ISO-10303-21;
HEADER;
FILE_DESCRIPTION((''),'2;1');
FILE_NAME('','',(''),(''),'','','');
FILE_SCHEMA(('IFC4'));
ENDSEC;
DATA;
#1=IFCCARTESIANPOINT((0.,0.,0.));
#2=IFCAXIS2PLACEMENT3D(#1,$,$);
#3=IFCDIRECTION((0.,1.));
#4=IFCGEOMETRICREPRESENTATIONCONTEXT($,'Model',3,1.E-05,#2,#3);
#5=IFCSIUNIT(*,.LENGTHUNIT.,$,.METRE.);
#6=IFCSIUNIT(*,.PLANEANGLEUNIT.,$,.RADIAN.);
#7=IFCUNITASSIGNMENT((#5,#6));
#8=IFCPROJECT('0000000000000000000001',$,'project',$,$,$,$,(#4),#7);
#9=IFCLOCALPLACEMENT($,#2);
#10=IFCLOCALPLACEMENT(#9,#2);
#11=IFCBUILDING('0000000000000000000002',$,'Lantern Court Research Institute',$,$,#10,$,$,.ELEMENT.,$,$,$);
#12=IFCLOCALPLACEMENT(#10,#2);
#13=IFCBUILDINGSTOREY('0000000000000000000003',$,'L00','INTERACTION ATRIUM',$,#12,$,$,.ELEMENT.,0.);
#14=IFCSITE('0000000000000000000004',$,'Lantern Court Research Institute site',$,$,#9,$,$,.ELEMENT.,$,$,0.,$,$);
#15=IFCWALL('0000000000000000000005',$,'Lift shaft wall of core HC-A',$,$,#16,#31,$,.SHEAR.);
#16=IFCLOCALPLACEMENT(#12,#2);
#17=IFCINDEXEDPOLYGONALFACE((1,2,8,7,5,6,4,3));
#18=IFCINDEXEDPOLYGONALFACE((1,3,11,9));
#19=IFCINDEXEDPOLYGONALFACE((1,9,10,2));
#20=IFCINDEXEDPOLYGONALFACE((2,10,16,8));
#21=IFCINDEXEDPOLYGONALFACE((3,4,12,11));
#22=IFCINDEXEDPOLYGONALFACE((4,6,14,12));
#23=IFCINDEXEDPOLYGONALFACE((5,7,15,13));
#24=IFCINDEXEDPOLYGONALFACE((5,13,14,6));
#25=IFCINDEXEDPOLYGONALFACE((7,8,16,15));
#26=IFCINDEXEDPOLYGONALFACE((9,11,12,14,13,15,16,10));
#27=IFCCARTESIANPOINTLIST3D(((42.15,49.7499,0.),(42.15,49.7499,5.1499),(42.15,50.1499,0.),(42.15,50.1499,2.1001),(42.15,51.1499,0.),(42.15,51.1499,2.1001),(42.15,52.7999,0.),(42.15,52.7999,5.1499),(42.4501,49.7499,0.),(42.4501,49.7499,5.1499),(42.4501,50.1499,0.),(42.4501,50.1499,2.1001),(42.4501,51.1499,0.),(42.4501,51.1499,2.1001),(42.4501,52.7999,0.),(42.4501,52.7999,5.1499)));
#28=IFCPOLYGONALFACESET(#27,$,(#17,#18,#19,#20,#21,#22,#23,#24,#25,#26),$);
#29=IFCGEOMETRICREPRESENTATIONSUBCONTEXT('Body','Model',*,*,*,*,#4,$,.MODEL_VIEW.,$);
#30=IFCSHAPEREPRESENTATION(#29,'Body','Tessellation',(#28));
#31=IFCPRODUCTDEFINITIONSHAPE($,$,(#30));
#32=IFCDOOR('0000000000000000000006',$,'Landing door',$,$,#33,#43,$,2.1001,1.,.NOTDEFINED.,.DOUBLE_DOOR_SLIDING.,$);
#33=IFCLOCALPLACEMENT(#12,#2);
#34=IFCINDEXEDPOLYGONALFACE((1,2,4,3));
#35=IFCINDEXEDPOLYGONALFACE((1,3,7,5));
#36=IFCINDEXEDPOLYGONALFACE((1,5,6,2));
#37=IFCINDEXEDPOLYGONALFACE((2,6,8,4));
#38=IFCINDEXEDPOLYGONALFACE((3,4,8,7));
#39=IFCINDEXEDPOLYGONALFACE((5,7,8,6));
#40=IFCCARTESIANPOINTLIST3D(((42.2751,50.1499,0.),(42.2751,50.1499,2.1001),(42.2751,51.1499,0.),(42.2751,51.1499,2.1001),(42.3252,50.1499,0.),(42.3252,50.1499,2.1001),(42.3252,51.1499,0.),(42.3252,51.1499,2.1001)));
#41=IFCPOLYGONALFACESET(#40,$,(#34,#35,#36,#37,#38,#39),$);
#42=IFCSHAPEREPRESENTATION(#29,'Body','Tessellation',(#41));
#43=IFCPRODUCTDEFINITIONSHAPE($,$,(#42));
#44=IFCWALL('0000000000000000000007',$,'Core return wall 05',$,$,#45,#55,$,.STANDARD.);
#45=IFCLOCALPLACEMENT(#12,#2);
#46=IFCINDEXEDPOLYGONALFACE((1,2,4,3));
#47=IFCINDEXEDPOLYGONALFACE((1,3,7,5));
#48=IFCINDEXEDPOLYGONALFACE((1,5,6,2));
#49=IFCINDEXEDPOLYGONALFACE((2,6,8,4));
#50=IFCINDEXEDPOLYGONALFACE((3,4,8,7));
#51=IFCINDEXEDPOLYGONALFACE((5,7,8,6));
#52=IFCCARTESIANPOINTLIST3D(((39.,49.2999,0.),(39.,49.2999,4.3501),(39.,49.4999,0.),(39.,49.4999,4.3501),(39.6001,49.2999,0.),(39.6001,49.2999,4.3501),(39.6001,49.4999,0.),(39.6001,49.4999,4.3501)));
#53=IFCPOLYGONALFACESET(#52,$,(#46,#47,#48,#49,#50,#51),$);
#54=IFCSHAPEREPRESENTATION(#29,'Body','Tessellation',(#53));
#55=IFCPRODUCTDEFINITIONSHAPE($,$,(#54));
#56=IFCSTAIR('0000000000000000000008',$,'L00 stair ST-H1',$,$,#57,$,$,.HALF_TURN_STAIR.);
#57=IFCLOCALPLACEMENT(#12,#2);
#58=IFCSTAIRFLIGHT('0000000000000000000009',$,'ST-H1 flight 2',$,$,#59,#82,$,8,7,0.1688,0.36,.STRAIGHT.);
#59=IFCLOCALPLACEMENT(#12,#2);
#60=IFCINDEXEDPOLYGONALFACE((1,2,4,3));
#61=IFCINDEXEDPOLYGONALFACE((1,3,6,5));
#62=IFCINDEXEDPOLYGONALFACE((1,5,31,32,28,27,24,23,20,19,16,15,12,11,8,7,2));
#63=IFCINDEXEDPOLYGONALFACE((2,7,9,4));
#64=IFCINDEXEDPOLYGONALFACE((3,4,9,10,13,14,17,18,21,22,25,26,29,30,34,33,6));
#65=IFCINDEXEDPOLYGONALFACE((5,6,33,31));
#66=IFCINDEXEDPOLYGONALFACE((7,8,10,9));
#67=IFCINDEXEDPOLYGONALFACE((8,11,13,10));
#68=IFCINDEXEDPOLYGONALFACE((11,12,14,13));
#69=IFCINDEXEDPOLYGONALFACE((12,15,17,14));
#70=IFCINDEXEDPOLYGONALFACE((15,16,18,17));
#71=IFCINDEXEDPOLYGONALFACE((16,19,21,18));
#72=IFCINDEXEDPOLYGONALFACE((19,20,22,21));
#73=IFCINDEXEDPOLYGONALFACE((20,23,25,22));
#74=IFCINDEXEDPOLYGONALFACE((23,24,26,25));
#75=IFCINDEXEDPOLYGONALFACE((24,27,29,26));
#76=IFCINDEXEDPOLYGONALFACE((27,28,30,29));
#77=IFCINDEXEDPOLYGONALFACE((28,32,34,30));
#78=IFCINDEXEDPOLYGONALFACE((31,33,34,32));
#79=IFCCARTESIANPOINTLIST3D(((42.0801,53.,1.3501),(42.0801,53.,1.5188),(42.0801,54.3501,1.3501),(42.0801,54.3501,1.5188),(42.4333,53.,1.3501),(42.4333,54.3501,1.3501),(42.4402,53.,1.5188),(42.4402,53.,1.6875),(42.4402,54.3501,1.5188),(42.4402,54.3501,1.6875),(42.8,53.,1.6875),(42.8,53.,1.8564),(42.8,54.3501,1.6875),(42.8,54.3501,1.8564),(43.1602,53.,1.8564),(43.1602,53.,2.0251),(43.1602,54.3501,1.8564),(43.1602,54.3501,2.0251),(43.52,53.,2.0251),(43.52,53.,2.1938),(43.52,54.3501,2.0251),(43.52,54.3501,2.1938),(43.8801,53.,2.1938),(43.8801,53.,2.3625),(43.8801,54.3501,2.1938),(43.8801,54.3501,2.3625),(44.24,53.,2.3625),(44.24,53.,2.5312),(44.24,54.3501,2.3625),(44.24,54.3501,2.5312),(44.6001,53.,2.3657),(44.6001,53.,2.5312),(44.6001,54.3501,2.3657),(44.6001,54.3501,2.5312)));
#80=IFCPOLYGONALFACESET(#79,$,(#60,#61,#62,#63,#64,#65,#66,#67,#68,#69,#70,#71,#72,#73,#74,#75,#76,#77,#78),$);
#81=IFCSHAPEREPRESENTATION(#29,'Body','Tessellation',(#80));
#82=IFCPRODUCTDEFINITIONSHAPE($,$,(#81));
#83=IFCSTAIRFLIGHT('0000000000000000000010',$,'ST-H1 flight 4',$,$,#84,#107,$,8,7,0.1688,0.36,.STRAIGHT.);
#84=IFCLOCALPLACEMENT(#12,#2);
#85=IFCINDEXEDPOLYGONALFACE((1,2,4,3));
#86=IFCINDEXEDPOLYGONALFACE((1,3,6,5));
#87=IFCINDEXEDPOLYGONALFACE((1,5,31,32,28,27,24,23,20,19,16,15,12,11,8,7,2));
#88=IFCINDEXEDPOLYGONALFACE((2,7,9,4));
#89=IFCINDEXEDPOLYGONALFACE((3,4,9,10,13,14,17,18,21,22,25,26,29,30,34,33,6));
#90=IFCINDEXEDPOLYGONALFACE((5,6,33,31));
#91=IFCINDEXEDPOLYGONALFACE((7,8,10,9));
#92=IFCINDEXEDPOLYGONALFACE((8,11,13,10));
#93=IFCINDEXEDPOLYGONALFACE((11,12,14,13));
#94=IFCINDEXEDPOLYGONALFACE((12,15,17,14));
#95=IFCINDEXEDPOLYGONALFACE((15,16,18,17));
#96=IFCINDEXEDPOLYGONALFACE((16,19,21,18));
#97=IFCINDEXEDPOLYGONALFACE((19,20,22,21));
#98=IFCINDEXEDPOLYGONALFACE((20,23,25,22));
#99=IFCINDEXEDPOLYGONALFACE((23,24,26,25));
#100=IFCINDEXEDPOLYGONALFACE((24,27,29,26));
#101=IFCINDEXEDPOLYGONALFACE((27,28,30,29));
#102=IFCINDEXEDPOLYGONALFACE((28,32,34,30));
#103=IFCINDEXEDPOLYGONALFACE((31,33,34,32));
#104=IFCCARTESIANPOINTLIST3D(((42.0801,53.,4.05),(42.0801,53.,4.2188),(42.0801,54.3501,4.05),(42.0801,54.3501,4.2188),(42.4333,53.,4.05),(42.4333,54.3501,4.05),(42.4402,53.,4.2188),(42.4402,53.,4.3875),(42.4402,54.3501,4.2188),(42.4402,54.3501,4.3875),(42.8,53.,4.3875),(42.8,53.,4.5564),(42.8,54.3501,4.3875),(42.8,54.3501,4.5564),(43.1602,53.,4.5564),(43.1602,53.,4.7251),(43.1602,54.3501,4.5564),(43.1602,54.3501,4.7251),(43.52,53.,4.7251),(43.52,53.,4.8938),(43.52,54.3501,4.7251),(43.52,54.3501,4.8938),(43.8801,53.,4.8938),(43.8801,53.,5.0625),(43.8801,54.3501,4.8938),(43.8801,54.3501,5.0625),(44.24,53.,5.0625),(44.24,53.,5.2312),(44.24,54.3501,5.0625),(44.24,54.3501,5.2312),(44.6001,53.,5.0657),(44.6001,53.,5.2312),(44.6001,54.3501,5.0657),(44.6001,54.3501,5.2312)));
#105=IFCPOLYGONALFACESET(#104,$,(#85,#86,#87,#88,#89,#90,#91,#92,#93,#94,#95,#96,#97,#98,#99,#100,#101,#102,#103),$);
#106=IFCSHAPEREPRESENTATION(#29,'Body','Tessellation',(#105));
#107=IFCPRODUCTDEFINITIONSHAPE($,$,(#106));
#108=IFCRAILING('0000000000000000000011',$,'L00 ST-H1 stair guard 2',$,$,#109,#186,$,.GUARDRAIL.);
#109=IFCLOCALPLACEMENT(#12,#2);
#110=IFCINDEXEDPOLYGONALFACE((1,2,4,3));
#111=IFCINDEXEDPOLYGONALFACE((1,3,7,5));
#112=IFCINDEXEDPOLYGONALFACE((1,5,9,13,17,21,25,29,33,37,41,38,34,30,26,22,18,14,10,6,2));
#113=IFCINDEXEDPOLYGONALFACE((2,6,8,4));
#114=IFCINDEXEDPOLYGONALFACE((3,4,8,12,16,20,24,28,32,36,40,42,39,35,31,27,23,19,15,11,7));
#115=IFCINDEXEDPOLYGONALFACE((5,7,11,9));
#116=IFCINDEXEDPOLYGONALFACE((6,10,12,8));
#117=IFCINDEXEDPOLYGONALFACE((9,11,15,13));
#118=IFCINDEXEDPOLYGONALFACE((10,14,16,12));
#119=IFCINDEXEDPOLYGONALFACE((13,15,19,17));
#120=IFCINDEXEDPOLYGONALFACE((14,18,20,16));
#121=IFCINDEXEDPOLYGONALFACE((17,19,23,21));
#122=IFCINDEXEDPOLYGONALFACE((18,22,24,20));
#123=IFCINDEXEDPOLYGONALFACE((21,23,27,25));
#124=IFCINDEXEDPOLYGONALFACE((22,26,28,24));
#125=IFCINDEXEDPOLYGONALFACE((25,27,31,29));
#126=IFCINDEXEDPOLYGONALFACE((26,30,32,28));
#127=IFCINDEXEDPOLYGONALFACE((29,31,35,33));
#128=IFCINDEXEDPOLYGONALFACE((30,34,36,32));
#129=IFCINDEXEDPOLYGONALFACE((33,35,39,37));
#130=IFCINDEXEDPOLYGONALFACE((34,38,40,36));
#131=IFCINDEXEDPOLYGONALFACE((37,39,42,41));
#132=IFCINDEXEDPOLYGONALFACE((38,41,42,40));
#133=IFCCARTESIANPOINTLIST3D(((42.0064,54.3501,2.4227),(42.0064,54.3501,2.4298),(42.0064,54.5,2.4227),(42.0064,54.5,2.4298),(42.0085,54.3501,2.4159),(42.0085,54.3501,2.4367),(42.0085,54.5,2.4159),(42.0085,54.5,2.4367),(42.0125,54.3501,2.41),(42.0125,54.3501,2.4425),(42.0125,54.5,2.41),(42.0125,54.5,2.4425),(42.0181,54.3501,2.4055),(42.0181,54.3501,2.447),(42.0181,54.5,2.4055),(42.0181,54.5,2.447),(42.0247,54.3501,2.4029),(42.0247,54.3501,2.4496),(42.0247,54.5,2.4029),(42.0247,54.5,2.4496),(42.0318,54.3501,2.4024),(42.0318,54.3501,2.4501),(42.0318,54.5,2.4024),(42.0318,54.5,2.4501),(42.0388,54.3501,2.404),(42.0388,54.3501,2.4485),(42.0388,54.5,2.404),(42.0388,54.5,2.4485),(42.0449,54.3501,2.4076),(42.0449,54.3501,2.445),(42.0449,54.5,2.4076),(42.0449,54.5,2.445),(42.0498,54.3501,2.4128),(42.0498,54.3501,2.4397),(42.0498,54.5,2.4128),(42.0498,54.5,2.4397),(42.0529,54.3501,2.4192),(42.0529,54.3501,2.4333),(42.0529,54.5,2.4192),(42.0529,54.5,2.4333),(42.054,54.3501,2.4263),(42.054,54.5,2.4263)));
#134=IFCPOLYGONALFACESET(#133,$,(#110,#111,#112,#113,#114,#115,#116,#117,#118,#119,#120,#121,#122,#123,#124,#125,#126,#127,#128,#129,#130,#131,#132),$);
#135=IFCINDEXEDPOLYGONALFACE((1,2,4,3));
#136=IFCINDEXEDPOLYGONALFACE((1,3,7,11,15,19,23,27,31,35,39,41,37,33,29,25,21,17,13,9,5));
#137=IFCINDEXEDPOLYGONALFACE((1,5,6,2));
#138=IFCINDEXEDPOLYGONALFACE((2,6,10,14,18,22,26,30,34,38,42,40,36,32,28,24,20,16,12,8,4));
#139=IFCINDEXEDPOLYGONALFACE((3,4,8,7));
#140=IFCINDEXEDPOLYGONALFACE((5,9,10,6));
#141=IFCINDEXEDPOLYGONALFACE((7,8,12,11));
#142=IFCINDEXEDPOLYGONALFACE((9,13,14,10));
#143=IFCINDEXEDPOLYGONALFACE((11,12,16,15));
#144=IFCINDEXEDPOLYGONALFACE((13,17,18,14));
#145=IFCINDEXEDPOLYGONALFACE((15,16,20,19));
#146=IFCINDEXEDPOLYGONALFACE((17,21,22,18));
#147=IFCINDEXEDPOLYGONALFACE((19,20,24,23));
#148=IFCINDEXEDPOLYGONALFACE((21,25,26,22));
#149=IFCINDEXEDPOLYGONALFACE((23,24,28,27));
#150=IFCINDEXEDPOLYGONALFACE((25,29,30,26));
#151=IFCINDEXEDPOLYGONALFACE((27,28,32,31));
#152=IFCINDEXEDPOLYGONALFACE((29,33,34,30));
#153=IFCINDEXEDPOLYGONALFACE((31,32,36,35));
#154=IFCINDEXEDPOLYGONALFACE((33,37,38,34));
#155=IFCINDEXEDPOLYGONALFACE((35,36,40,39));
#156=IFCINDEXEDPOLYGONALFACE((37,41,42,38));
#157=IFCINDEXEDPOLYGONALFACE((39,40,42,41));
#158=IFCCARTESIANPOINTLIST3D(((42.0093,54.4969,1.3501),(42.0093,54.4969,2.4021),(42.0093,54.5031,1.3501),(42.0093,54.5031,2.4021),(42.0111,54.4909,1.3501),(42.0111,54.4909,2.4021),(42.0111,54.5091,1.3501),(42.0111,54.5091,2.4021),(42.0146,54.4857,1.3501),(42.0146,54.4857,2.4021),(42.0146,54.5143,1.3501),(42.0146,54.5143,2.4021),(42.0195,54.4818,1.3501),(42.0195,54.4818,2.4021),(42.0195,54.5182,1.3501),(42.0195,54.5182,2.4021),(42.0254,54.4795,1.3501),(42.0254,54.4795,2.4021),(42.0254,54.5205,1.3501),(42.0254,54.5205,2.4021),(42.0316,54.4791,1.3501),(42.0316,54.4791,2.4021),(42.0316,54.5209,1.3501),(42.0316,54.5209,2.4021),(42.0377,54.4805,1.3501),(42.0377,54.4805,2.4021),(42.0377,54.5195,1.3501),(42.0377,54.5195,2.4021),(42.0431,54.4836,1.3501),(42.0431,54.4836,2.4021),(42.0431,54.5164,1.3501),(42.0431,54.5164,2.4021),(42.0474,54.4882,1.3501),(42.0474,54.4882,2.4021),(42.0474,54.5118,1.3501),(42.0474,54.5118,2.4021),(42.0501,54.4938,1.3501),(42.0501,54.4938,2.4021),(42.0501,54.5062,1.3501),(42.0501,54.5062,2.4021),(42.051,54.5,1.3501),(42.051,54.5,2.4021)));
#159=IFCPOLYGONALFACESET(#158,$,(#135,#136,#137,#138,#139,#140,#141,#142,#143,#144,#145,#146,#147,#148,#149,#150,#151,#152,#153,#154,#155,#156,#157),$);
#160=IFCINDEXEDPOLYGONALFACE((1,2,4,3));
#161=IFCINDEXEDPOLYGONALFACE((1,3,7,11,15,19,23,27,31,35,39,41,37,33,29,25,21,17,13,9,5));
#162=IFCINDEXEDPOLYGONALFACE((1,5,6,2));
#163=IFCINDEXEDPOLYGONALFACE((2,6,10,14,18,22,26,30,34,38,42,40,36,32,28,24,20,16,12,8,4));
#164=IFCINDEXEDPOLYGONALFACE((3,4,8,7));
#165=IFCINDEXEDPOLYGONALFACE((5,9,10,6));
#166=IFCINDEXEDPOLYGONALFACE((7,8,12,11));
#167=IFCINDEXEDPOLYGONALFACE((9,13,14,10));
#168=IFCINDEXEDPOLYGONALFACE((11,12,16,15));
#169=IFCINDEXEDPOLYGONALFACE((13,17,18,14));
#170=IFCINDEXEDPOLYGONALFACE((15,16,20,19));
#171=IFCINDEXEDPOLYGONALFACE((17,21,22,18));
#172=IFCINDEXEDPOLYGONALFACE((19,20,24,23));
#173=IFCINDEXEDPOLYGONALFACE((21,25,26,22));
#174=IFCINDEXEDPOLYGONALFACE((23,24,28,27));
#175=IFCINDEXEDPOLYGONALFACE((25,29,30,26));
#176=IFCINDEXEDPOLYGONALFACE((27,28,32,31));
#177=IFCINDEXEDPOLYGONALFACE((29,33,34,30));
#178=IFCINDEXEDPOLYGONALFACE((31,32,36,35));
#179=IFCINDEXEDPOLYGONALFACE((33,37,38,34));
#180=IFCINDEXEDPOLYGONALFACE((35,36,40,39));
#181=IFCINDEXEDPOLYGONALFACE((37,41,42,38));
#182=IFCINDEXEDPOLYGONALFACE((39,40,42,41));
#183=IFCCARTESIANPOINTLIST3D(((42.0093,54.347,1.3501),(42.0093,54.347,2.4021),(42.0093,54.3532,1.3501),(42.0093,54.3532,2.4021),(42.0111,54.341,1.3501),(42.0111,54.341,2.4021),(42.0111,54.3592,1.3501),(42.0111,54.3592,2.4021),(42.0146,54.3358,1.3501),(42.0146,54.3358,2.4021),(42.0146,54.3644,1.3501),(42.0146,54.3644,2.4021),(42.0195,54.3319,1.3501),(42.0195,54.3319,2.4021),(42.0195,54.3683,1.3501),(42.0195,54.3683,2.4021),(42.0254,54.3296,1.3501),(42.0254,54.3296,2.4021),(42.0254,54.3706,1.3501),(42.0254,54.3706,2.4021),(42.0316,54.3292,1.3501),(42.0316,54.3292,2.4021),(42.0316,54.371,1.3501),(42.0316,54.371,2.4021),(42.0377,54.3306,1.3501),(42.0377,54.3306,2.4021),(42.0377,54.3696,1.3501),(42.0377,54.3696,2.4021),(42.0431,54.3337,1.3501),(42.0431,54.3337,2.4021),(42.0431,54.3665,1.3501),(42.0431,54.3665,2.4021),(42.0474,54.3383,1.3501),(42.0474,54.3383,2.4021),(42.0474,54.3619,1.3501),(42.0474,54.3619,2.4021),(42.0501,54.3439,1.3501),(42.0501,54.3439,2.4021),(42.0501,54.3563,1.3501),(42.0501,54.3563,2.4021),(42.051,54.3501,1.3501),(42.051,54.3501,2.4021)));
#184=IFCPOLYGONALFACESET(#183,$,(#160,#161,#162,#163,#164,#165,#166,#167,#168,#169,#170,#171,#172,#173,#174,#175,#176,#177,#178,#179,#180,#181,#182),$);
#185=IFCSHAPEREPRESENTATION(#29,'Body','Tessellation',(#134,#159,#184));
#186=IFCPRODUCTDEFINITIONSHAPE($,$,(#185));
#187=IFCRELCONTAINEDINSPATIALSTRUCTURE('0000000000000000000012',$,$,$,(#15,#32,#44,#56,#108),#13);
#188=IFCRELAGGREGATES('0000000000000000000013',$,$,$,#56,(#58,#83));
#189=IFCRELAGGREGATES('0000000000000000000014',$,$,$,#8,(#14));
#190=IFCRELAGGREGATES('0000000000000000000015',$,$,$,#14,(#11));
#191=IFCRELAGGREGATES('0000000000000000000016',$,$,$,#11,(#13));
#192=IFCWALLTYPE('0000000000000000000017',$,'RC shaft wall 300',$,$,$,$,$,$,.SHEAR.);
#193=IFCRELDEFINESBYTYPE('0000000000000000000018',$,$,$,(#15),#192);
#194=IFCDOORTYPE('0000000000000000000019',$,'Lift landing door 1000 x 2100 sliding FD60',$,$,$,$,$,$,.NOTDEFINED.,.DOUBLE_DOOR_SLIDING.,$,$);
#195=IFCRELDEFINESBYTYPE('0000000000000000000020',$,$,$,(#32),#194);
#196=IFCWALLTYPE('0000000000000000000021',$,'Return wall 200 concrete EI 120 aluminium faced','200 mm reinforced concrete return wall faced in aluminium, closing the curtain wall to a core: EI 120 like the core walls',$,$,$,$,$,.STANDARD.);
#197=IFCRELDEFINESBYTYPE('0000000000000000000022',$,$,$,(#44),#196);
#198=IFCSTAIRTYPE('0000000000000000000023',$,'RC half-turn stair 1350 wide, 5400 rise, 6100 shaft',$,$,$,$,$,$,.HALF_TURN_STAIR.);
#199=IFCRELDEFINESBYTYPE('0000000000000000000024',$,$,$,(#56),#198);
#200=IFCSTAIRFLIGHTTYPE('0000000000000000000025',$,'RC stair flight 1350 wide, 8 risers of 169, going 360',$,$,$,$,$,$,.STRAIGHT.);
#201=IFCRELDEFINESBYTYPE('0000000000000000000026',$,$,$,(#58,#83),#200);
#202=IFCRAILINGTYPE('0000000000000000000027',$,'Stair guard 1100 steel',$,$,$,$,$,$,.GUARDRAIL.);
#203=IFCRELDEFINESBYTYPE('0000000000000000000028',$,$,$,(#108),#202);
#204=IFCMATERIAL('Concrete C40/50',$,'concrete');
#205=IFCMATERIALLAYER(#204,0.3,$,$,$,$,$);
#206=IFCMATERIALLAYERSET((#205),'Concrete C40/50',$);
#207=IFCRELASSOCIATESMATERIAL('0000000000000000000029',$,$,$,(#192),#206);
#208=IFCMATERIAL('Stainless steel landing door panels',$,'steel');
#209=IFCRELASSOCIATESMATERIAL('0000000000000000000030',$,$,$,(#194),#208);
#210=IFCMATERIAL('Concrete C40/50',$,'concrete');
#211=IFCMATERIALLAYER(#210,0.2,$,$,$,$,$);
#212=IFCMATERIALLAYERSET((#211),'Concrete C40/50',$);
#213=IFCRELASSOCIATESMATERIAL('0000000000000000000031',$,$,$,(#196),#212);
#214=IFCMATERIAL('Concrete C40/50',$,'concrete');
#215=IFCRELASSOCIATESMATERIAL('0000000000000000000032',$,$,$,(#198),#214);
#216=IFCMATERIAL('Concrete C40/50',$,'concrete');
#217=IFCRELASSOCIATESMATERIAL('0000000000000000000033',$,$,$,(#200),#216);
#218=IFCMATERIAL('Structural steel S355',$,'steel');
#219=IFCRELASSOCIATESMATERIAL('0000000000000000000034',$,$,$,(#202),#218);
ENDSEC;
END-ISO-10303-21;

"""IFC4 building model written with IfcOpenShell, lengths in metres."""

from ifc_helpers import new_model, si_unit, direction, frame, frame_2d, origin, origin_2d, place, context, subcontext, project, spatial, polyline, rectangle, circle, outline, extrude, material, layer, layer_set, type_object, element, fill, aggregate, save


model = new_model("IFC4")

# Units and contexts
model_context = context("Model", 3, precision=1e-05, world=origin(), true_north=direction((0.0, 1.0)))
body_context = subcontext(model_context, "Body", "Model", "MODEL_VIEW")
ifc_project = project(units=[si_unit("LENGTHUNIT", "METRE"), si_unit("PLANEANGLEUNIT", "RADIAN")], contexts=[model_context])

# Site, building, storey
site_placement = place(None, origin())
site = spatial("IfcSite", under=ifc_project, at=site_placement, Name="Lantern Court Research Institute site", CompositionType="ELEMENT", RefElevation=0.0)
building_placement = place(site_placement, origin())
building = spatial("IfcBuilding", under=site, at=building_placement, Name="Lantern Court Research Institute", CompositionType="ELEMENT")
storey_placement = place(building_placement, origin())
storey = spatial("IfcBuildingStorey", under=building, at=storey_placement, Name="L00", Description="INTERACTION ATRIUM", CompositionType="ELEMENT", Elevation=0.0)

# Wall, opening, door
ifc_material_1 = material(Name="Concrete C40/50", Category="concrete")
ifc_layer_1 = layer(ifc_material_1, 0.3)
ifc_layer_set_1 = layer_set([ifc_layer_1], Name="Concrete C40/50")
wall_type_1 = type_object("IfcWallType", Name="RC shaft wall 300", PredefinedType="SHEAR", material=ifc_layer_set_1)
wall_1_placement = place(storey_placement, frame((42.3, 49.75, 0.0), z_axis=(0.0, 0.0, 1.0), x_axis=(0.0, 1.0, 0.0)))
wall_1 = element("IfcWall", 1, at=wall_1_placement, inside=storey, type_object=wall_type_1, Name="Lift shaft wall of core HC-A", PredefinedType="SHEAR", context=body_context, shape_type="SweptSolid", body=[
    extrude(rectangle(XDim=3.05, YDim=0.3, at=frame_2d((1.5249, 0.0))), origin(), (0.0, 0.0, 1.0), 5.1499),
])
opening_1_placement = place(wall_1_placement, frame((0.3999, 0.0, 0.0)))
opening_1 = element("IfcOpeningElement", 2, at=opening_1_placement, cuts=wall_1, PredefinedType="OPENING", context=body_context, shape_type="SweptSolid", body=[
    extrude(rectangle(XDim=1.0, YDim=2.1001, at=frame_2d((0.5, 1.05))), frame((0.0, 0.1599, 0.0), z_axis=(0.0, -1.0, 0.0), x_axis=(1.0, 0.0, 0.0)), (0.0, 0.0, 1.0), 0.3201),
])
ifc_material_2 = material(Name="Stainless steel landing door panels", Category="steel")
door_type_1 = type_object("IfcDoorType", Name="Lift landing door 1000 x 2100 sliding FD60", OperationType="DOUBLE_DOOR_SLIDING", PredefinedType="NOTDEFINED", material=ifc_material_2)
door_1_placement = place(opening_1_placement, origin())
door_1 = element("IfcDoor", 3, at=door_1_placement, inside=storey, type_object=door_type_1, Name="Landing door", OperationType="DOUBLE_DOOR_SLIDING", OverallHeight=2.1001, OverallWidth=1.0, PredefinedType="NOTDEFINED", context=body_context, shape_type="SweptSolid", body=[
    extrude(rectangle(XDim=1.0, YDim=2.1001, at=frame_2d((0.5, 1.05))), frame((0.0, 0.0249, 0.0), z_axis=(0.0, -1.0, 0.0), x_axis=(1.0, 0.0, 0.0)), (0.0, 0.0, 1.0), 0.05),
])
fill(opening_1, door_1)

# Wall
ifc_material_3 = material(Name="Concrete C40/50", Category="concrete")
ifc_layer_2 = layer(ifc_material_3, 0.2)
ifc_layer_set_2 = layer_set([ifc_layer_2], Name="Concrete C40/50")
wall_type_2 = type_object("IfcWallType", Name="Return wall 200 concrete EI 120 aluminium faced", Description="200 mm reinforced concrete return wall faced in aluminium, closing the curtain wall to a core: EI 120 like the core walls", PredefinedType="STANDARD", material=ifc_layer_set_2)
wall_2_placement = place(storey_placement, frame((39.6001, 49.3999, 0.0), z_axis=(0.0, 0.0, 1.0), x_axis=(-1.0, 0.0, 0.0)))
element("IfcWall", 4, at=wall_2_placement, inside=storey, type_object=wall_type_2, Name="Core return wall 05", PredefinedType="STANDARD", context=body_context, shape_type="SweptSolid", body=[
    extrude(rectangle(XDim=0.6001, YDim=0.2, at=frame_2d((0.3, 0.0))), origin(), (0.0, 0.0, 1.0), 4.3501),
])

# Stair, stair flights
ifc_material_4 = material(Name="Concrete C40/50", Category="concrete")
stair_type = type_object("IfcStairType", Name="RC half-turn stair 1350 wide, 5400 rise, 6100 shaft", PredefinedType="HALF_TURN_STAIR", material=ifc_material_4)
stair_placement = place(storey_placement, origin())
stair = element("IfcStair", 5, at=stair_placement, inside=storey, type_object=stair_type, Name="L00 stair ST-H1", PredefinedType="HALF_TURN_STAIR")
ifc_material_5 = material(Name="Concrete C40/50", Category="concrete")
stair_flight_type = type_object("IfcStairFlightType", Name="RC stair flight 1350 wide, 8 risers of 169, going 360", PredefinedType="STRAIGHT", material=ifc_material_5)
stair_flight_1_placement = place(storey_placement, frame((42.0801, 53.675, 1.3501), z_axis=(0.0, 0.0, 1.0), x_axis=(1.0, 0.0, 0.0)))
stair_flight_1 = element("IfcStairFlight", 6, at=stair_flight_1_placement, type_object=stair_flight_type, Name="ST-H1 flight 2", NumberOfRisers=8, NumberOfTreads=7, PredefinedType="STRAIGHT", RiserHeight=0.1688, TreadLength=0.36, context=body_context, shape_type="SweptSolid", body=[
    extrude(outline(polyline([(0.0, 0.0), (0.0, 0.1687), (0.3601, 0.1687), (0.3601, 0.3374), (0.72, 0.3374), (0.72, 0.5063), (1.0801, 0.5063), (1.0801, 0.675), (1.4399, 0.675), (1.4399, 0.8438), (1.8, 0.8438), (1.8, 1.0125), (2.1599, 1.0125), (2.1599, 1.1812), (2.52, 1.1812), (2.52, 1.3501), (2.52, 1.0156), (0.3533, 0.0), (0.0, 0.0)])), frame((0.0, 0.675, 0.0), z_axis=(0.0, -1.0, 0.0), x_axis=(1.0, 0.0, 0.0)), (0.0, 0.0, 1.0), 1.3501),
])
stair_flight_2_placement = place(storey_placement, frame((42.0801, 53.675, 4.05), z_axis=(0.0, 0.0, 1.0), x_axis=(1.0, 0.0, 0.0)))
stair_flight_2 = element("IfcStairFlight", 7, at=stair_flight_2_placement, type_object=stair_flight_type, Name="ST-H1 flight 4", NumberOfRisers=8, NumberOfTreads=7, PredefinedType="STRAIGHT", RiserHeight=0.1688, TreadLength=0.36, context=body_context, shape_type="SweptSolid", body=[
    extrude(outline(polyline([(0.0, 0.0), (0.0, 0.1687), (0.3601, 0.1687), (0.3601, 0.3374), (0.72, 0.3374), (0.72, 0.5063), (1.0801, 0.5063), (1.0801, 0.675), (1.4399, 0.675), (1.4399, 0.8438), (1.8, 0.8438), (1.8, 1.0125), (2.1599, 1.0125), (2.1599, 1.1812), (2.52, 1.1812), (2.52, 1.3501), (2.52, 1.0156), (0.3533, 0.0), (0.0, 0.0)])), frame((0.0, 0.675, 0.0), z_axis=(0.0, -1.0, 0.0), x_axis=(1.0, 0.0, 0.0)), (0.0, 0.0, 1.0), 1.3501),
])
aggregate(stair, [stair_flight_1, stair_flight_2])

# Railing
ifc_material_6 = material(Name="Structural steel S355", Category="steel")
railing_type_1 = type_object("IfcRailingType", Name="Stair guard 1100 steel", PredefinedType="GUARDRAIL", material=ifc_material_6)
railing_1_placement = place(storey_placement, frame((42.03, 54.5, 1.3501)))
element("IfcRailing", 8, at=railing_1_placement, inside=storey, type_object=railing_type_1, Name="L00 ST-H1 stair guard 2", PredefinedType="GUARDRAIL", context=body_context, shape_type="SweptSolid", body=[
    extrude(circle(Radius=0.0239, at=origin_2d()), frame((0.0, 0.0, 1.0762), z_axis=(0.0, -1.0, 0.0), x_axis=(1.0, 0.0, 0.0)), (0.0, 0.0, 1.0), 0.1499),
    extrude(circle(Radius=0.021, at=origin_2d()), origin(), (0.0, 0.0, 1.0), 1.052),
    extrude(circle(Radius=0.021, at=origin_2d()), frame((0.0, -0.1499, 0.0)), (0.0, 0.0, 1.0), 1.052),
])

save(model, "model.ifc")
